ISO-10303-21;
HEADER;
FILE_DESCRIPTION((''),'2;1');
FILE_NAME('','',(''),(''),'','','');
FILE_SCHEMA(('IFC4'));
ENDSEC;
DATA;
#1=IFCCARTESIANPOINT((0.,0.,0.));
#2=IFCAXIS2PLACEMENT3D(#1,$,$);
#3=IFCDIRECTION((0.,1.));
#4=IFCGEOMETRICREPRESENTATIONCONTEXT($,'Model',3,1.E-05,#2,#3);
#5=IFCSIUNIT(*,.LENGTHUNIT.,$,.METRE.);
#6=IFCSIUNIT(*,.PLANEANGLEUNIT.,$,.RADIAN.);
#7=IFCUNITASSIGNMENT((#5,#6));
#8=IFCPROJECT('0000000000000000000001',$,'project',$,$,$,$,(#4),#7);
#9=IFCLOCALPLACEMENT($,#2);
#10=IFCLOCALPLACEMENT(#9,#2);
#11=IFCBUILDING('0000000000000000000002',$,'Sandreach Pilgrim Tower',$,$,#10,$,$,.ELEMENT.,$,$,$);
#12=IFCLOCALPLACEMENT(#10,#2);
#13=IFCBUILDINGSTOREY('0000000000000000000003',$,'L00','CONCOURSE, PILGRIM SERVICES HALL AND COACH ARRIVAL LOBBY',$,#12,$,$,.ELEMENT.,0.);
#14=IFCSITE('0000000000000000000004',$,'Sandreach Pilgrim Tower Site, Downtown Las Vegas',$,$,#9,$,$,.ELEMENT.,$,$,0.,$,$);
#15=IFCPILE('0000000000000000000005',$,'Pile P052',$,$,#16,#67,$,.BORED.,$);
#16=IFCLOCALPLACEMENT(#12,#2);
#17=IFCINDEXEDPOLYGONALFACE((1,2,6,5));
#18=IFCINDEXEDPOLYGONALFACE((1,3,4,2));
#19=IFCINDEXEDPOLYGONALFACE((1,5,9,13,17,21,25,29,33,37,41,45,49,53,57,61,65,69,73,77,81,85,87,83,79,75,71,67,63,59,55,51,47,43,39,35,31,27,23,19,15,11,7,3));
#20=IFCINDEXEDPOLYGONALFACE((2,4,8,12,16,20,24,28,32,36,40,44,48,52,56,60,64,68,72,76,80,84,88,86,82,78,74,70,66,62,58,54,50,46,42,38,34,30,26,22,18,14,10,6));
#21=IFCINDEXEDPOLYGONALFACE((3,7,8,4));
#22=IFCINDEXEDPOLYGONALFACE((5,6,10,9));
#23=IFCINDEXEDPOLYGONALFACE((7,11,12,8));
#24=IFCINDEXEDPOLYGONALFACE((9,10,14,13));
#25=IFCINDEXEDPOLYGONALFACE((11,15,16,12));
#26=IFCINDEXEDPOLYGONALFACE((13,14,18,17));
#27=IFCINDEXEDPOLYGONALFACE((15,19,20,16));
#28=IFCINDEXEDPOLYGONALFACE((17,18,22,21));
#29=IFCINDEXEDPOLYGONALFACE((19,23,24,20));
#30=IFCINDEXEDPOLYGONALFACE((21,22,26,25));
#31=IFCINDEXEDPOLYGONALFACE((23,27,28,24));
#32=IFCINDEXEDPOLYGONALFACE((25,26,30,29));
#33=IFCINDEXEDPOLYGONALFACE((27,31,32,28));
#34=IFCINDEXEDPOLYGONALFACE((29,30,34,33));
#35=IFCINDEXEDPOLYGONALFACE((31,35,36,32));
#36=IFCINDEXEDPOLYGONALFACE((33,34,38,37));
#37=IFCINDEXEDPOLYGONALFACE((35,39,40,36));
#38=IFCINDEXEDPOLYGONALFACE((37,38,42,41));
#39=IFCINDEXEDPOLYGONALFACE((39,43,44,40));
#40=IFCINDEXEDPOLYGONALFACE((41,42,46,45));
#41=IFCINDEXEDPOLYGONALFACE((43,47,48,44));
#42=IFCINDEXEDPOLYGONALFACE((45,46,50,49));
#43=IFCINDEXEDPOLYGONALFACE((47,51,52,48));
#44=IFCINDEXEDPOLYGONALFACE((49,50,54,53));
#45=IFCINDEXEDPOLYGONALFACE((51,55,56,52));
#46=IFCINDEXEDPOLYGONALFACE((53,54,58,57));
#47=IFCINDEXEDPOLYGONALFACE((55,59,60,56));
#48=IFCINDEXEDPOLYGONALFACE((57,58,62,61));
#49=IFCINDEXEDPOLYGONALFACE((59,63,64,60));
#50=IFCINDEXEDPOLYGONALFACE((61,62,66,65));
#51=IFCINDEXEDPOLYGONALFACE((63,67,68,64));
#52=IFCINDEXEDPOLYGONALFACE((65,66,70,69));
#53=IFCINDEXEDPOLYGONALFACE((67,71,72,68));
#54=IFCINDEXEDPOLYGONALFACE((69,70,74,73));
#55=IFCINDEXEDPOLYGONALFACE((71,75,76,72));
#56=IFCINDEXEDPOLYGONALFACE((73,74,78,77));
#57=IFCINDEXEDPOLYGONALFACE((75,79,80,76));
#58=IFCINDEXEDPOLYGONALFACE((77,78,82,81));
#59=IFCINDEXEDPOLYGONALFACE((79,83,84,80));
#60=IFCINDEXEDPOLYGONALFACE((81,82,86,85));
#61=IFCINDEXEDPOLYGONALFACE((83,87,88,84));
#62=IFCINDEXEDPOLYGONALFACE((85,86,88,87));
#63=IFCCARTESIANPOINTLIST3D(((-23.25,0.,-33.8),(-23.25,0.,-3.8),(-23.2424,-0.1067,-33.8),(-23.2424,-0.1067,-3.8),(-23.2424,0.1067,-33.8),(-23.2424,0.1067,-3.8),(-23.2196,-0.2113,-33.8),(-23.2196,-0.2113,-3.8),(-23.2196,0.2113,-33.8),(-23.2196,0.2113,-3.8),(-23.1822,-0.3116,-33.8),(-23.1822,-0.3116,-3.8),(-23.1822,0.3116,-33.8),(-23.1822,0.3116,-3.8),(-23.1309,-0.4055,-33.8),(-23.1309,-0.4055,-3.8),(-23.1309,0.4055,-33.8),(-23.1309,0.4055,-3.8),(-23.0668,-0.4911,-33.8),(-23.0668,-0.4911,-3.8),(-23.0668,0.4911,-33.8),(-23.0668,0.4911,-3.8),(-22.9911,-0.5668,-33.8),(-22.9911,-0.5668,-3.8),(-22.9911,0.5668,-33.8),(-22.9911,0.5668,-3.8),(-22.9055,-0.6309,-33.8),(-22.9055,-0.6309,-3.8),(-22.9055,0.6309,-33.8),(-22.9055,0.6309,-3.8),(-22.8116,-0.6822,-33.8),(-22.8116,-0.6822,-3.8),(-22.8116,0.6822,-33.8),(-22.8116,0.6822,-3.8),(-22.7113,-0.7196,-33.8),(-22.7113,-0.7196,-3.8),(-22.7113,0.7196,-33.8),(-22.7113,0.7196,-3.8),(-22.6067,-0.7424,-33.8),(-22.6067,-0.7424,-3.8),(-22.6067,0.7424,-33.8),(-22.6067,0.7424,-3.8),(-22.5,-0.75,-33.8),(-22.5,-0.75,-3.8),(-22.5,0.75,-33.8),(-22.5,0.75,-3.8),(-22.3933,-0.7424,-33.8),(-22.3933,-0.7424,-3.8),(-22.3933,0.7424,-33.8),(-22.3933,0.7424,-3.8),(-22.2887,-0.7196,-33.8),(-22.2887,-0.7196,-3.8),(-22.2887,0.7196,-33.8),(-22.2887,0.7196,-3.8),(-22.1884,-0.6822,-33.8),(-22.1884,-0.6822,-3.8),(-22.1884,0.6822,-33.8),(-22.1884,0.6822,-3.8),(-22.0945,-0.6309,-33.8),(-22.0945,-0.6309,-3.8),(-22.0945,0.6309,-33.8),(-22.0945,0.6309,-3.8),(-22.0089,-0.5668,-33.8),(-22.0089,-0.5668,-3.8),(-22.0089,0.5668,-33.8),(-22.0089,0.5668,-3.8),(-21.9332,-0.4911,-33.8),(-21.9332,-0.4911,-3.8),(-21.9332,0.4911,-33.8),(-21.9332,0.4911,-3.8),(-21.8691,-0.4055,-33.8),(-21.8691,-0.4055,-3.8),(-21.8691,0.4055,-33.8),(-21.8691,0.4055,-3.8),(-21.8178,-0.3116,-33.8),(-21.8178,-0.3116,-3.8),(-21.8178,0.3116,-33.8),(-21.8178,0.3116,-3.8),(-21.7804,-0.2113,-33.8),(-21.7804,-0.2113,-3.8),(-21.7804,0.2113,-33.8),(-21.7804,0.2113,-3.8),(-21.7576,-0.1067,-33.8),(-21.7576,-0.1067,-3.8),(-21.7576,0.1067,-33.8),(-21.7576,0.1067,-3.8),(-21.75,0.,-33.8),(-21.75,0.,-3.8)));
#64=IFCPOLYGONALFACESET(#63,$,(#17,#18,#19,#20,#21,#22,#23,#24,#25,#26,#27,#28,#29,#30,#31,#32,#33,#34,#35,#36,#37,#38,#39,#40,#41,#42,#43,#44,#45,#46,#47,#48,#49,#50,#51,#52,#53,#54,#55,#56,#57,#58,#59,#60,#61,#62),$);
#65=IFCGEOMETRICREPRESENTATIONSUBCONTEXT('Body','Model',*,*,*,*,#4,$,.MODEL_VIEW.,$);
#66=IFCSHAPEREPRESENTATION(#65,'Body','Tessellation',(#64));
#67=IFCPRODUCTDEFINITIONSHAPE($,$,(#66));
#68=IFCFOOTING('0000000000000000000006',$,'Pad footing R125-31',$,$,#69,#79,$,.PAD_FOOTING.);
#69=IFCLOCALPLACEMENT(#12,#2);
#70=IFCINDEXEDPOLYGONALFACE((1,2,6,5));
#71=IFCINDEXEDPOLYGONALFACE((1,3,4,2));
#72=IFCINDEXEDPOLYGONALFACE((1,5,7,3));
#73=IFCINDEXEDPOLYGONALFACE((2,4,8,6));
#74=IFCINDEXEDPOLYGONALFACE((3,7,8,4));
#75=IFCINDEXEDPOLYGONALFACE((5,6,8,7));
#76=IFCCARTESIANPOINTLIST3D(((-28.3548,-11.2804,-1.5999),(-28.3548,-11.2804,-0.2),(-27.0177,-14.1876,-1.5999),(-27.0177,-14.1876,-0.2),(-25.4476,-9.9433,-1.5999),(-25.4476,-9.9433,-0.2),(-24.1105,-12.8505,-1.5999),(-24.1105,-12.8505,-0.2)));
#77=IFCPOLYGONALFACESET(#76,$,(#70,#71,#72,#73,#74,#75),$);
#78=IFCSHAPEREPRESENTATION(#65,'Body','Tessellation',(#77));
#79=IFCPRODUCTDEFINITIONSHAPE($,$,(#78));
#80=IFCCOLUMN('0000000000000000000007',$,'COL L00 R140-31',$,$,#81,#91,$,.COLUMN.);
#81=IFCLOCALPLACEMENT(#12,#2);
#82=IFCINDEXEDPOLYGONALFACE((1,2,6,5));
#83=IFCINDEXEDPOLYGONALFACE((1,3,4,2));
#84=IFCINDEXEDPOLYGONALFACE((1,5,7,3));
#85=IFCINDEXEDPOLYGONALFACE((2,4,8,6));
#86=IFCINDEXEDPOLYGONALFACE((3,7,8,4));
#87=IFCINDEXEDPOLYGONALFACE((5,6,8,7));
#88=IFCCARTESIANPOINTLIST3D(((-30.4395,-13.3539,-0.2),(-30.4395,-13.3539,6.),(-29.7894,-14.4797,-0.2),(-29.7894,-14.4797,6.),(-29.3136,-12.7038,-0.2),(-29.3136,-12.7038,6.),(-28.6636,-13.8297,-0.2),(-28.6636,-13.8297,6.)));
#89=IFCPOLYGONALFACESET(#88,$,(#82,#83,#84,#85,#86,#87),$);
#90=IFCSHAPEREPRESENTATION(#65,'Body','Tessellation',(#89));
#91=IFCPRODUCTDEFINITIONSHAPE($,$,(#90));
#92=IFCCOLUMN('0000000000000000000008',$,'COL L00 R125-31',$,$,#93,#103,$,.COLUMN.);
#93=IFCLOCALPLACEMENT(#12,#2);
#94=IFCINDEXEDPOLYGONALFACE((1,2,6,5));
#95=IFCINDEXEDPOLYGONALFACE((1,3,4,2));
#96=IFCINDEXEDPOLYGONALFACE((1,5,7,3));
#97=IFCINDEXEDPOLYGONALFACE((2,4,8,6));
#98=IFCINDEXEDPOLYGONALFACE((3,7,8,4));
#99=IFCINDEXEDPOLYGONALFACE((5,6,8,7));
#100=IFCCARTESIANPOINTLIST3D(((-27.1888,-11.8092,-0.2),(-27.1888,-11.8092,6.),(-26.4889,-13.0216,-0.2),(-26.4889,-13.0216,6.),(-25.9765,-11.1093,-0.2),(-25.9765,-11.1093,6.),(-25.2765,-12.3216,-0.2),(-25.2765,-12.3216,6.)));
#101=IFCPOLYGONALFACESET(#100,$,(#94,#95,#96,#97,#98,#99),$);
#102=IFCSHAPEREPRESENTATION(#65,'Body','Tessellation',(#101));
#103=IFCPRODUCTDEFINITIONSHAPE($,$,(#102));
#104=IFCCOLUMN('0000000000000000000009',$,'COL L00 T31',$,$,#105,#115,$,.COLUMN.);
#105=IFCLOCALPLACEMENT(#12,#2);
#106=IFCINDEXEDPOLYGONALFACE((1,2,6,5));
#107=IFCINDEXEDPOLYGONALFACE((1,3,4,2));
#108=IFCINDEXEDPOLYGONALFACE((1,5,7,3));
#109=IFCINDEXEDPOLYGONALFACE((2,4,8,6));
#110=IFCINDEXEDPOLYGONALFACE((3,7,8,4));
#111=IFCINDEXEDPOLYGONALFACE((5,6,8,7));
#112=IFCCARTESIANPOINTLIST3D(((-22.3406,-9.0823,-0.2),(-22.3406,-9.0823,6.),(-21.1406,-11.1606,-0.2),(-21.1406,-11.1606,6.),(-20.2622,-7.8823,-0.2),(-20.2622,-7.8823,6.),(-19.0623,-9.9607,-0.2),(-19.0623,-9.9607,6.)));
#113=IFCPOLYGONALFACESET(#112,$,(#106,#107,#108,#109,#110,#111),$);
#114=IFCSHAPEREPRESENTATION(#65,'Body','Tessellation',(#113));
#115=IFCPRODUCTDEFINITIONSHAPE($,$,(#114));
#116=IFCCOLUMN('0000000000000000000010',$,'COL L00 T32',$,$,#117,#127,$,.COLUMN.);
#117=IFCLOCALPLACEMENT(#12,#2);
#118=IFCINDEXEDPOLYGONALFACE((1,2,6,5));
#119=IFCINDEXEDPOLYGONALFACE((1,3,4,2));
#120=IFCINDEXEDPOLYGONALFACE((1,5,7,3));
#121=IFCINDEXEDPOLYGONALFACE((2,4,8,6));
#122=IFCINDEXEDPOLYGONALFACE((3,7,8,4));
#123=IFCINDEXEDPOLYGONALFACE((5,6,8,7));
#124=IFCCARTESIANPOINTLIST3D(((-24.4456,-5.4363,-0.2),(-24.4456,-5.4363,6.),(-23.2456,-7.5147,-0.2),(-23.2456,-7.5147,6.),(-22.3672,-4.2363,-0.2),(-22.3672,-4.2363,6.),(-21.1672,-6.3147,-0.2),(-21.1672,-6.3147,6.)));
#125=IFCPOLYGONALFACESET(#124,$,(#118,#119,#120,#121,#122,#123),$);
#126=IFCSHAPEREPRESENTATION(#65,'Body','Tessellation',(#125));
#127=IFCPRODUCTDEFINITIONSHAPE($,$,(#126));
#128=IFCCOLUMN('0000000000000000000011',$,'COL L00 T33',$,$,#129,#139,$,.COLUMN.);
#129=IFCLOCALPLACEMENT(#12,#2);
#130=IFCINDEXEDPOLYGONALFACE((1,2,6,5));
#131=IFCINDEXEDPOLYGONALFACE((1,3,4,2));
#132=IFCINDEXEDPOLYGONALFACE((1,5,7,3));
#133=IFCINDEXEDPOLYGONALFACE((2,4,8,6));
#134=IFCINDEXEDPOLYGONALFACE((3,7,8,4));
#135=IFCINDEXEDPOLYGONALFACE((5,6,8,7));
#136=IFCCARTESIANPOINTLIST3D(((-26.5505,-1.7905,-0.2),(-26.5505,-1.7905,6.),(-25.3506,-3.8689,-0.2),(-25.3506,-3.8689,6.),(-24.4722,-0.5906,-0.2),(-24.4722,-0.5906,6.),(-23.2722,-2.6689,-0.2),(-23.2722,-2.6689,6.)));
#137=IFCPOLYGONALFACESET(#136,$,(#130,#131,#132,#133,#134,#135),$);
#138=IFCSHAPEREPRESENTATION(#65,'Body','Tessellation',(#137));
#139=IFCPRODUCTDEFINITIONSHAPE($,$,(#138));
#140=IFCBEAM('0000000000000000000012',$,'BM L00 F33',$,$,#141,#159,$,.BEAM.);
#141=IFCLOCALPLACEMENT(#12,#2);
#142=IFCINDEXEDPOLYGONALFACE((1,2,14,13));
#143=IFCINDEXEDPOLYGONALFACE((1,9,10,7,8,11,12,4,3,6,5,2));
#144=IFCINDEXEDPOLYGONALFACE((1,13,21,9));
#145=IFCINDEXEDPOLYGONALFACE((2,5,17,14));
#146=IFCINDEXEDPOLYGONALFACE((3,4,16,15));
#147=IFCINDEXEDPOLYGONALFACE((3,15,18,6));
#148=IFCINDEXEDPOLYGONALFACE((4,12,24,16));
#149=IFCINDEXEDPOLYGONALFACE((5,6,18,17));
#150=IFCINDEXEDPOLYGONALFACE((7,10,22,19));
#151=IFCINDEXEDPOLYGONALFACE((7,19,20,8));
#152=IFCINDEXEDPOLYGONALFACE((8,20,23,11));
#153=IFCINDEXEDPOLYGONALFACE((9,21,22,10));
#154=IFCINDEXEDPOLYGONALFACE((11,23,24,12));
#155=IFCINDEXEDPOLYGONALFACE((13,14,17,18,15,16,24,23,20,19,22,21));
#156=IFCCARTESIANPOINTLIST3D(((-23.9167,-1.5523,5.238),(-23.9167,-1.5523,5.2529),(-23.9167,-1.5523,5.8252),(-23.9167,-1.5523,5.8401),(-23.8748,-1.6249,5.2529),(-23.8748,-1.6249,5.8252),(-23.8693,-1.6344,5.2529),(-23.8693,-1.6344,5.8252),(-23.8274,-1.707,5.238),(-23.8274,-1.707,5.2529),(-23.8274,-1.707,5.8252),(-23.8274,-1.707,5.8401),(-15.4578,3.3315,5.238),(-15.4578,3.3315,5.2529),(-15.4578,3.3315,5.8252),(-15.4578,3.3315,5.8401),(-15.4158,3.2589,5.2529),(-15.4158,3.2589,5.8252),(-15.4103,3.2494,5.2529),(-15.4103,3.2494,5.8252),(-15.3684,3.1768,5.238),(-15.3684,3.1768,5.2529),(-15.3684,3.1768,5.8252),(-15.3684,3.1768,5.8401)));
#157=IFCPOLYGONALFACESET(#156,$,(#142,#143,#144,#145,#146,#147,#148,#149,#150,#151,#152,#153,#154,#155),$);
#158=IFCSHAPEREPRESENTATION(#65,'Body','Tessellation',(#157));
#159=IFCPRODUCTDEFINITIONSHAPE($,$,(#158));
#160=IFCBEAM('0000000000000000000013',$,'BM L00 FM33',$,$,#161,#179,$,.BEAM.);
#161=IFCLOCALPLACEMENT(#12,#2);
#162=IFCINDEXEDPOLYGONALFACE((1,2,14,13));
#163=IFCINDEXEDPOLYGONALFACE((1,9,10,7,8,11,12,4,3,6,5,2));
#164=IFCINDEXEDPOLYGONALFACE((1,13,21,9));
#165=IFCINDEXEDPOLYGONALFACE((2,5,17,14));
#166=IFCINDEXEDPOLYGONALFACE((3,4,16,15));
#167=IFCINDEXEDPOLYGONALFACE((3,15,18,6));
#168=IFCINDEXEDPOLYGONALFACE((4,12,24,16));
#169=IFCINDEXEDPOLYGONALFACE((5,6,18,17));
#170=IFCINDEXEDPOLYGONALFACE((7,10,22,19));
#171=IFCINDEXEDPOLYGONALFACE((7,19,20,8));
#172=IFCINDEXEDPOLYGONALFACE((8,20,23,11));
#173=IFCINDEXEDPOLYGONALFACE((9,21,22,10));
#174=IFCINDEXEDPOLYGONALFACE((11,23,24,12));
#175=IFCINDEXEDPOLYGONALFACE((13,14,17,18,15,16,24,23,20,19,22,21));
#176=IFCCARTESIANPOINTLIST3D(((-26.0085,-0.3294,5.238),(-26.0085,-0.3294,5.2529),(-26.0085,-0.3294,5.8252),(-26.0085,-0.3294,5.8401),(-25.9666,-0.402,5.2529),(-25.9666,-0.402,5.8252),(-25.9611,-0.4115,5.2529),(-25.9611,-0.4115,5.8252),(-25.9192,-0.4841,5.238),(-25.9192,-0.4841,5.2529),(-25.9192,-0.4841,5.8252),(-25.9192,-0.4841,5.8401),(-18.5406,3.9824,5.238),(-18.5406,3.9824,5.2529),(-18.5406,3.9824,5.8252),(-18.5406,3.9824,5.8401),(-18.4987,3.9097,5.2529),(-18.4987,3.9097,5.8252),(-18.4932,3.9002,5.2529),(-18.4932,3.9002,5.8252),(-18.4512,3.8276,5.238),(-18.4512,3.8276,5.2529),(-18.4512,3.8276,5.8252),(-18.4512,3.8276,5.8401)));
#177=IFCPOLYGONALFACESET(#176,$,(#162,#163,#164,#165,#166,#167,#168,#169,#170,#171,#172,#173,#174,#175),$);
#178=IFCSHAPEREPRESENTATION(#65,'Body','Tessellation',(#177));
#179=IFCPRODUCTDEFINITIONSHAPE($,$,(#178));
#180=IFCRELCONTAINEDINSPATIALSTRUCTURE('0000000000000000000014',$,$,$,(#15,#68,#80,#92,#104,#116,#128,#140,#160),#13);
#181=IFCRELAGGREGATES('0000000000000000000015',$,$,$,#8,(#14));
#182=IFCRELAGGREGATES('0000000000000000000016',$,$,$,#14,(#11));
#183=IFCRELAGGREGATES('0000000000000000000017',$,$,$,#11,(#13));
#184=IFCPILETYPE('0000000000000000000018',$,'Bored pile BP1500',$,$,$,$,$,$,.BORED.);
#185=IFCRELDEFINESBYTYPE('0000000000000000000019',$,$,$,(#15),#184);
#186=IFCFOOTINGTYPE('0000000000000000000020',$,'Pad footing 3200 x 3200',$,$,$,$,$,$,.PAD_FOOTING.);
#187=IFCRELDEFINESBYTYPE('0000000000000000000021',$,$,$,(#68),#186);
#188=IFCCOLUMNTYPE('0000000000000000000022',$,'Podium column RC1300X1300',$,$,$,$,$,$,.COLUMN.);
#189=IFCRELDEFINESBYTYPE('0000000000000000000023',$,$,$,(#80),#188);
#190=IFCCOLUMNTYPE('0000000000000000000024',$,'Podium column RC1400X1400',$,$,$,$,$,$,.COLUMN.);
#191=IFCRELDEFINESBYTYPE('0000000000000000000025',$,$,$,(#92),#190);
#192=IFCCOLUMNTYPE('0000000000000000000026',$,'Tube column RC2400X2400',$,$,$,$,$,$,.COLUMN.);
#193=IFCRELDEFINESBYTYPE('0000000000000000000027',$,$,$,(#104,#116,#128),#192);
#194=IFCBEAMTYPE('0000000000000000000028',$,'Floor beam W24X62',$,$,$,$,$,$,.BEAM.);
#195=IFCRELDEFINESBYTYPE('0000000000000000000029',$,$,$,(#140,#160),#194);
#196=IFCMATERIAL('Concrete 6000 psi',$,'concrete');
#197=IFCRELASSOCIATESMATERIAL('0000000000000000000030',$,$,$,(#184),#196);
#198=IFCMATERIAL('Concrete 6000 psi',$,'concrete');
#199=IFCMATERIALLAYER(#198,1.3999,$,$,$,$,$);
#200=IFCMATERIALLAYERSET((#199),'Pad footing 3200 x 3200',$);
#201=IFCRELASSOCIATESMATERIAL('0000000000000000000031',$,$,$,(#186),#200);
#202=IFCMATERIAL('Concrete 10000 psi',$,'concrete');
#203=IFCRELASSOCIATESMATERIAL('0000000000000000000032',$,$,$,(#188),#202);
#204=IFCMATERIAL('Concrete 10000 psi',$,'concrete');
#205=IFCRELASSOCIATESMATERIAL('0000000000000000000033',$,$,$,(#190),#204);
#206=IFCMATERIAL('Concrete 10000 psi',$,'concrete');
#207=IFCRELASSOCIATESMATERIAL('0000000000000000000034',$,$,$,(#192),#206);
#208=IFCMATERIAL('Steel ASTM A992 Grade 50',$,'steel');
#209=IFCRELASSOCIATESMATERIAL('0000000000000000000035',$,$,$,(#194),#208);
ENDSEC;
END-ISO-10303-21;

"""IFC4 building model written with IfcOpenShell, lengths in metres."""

from ifc_helpers import new_model, si_unit, direction, frame, origin, origin_2d, place, context, subcontext, project, spatial, rectangle, circle, i_section, extrude, material, layer, layer_set, material_profile, profile_set, type_object, element, save


model = new_model("IFC4")

# Units and contexts
model_context = context("Model", 3, precision=1e-05, world=origin(), true_north=direction((0.0, 1.0)))
body_context = subcontext(model_context, "Body", "Model", "MODEL_VIEW")
ifc_project = project(units=[si_unit("LENGTHUNIT", "METRE"), si_unit("PLANEANGLEUNIT", "RADIAN")], contexts=[model_context])

# Site, building, storey
site_placement = place(None, origin())
site = spatial("IfcSite", under=ifc_project, at=site_placement, Name="Sandreach Pilgrim Tower Site, Downtown Las Vegas", CompositionType="ELEMENT", RefElevation=0.0)
building_placement = place(site_placement, origin())
building = spatial("IfcBuilding", under=site, at=building_placement, Name="Sandreach Pilgrim Tower", CompositionType="ELEMENT")
storey_placement = place(building_placement, origin())
storey = spatial("IfcBuildingStorey", under=building, at=storey_placement, Name="L00", Description="CONCOURSE, PILGRIM SERVICES HALL AND COACH ARRIVAL LOBBY", CompositionType="ELEMENT", Elevation=0.0)

# Pile
ifc_material_1 = material(Name="Concrete 6000 psi", Category="concrete")
ifc_material_profile_1 = material_profile(ifc_material_1, circle(Radius=0.75, at=origin_2d()), Name="BP1500")
ifc_profile_set_1 = profile_set([ifc_material_profile_1], Name="Concrete 6000 psi")
pile_type = type_object("IfcPileType", Name="Bored pile BP1500", PredefinedType="BORED", material=ifc_profile_set_1)
for number, where, z_axis, x_axis, name in (
    (1, (-22.5, 0.0, -3.8), (0.0, 0.0, -1.0), (1.0, 0.0, 0.0), "Pile P052"),
):
    element("IfcPile", number, at=place(storey_placement, frame(where, z_axis=z_axis, x_axis=x_axis)), inside=storey, type_object=pile_type, Name=name, PredefinedType="BORED", context=body_context, shape_type="SweptSolid", body=[
        extrude(circle(Radius=0.75, at=origin_2d()), origin(), (0.0, 0.0, 1.0), 30.0),
    ])

# Footing
ifc_material_2 = material(Name="Concrete 6000 psi", Category="concrete")
ifc_layer_1 = layer(ifc_material_2, 1.3999)
ifc_layer_set_1 = layer_set([ifc_layer_1], Name="Pad footing 3200 x 3200")
footing_type = type_object("IfcFootingType", Name="Pad footing 3200 x 3200", PredefinedType="PAD_FOOTING", material=ifc_layer_set_1)
footing_placement = place(storey_placement, frame((-26.2327, -12.0654, -1.5999), z_axis=(0.0, 0.0, 1.0), x_axis=(-0.908512, -0.417859, 0.0)))
element("IfcFooting", 2, at=footing_placement, inside=storey, type_object=footing_type, Name="Pad footing R125-31", PredefinedType="PAD_FOOTING", context=body_context, shape_type="SweptSolid", body=[
    extrude(rectangle(XDim=3.2, YDim=3.2, at=origin_2d()), origin(), (0.0, 0.0, 1.0), 1.3999),
])

# Columns
ifc_material_3 = material(Name="Concrete 10000 psi", Category="concrete")
ifc_material_profile_2 = material_profile(ifc_material_3, rectangle(XDim=1.3, YDim=1.3, at=origin_2d()), Name="RC1300X1300")
ifc_profile_set_2 = profile_set([ifc_material_profile_2], Name="Concrete 10000 psi")
column_type_1 = type_object("IfcColumnType", Name="Podium column RC1300X1300", PredefinedType="COLUMN", material=ifc_profile_set_2)
column_1_placement = place(storey_placement, frame((-29.5515, -13.5918, -0.2), z_axis=(0.0, 0.0, 1.0), x_axis=(-0.866025, -0.5, 0.0)))
element("IfcColumn", 3, at=column_1_placement, inside=storey, type_object=column_type_1, Name="COL L00 R140-31", PredefinedType="COLUMN", context=body_context, shape_type="SweptSolid", body=[
    extrude(rectangle(XDim=1.3, YDim=1.3, at=origin_2d()), origin(), (0.0, 0.0, 1.0), 6.2),
])
ifc_material_4 = material(Name="Concrete 10000 psi", Category="concrete")
ifc_material_profile_3 = material_profile(ifc_material_4, rectangle(XDim=1.3999, YDim=1.3999, at=origin_2d()), Name="RC1400X1400")
ifc_profile_set_3 = profile_set([ifc_material_profile_3], Name="Concrete 10000 psi")
column_type_2 = type_object("IfcColumnType", Name="Podium column RC1400X1400", PredefinedType="COLUMN", material=ifc_profile_set_3)
column_2_placement = place(storey_placement, frame((-26.2327, -12.0654, -0.2), z_axis=(0.0, 0.0, 1.0), x_axis=(-0.866025, -0.5, 0.0)))
element("IfcColumn", 4, at=column_2_placement, inside=storey, type_object=column_type_2, Name="COL L00 R125-31", PredefinedType="COLUMN", context=body_context, shape_type="SweptSolid", body=[
    extrude(rectangle(XDim=1.3999, YDim=1.3999, at=origin_2d()), origin(), (0.0, 0.0, 1.0), 6.2),
])
ifc_material_5 = material(Name="Concrete 10000 psi", Category="concrete")
ifc_material_profile_4 = material_profile(ifc_material_5, rectangle(XDim=2.3999, YDim=2.3999, at=origin_2d()), Name="RC2400X2400")
ifc_profile_set_4 = profile_set([ifc_material_profile_4], Name="Concrete 10000 psi")
column_type_3 = type_object("IfcColumnType", Name="Tube column RC2400X2400", PredefinedType="COLUMN", material=ifc_profile_set_4)
for number, where, z_axis, x_axis, name in (
    (5, (-20.7014, -9.5215, -0.2), (0.0, 0.0, 1.0), (-0.866025, -0.5, 0.0), "COL L00 T31"),
    (6, (-22.8064, -5.8755, -0.2), (0.0, 0.0, 1.0), (-0.866025, -0.5, 0.0), "COL L00 T32"),
    (7, (-24.9114, -2.2297, -0.2), (0.0, 0.0, 1.0), (-0.866025, -0.5, 0.0), "COL L00 T33"),
):
    element("IfcColumn", number, at=place(storey_placement, frame(where, z_axis=z_axis, x_axis=x_axis)), inside=storey, type_object=column_type_3, Name=name, PredefinedType="COLUMN", context=body_context, shape_type="SweptSolid", body=[
        extrude(rectangle(XDim=2.3999, YDim=2.3999, at=origin_2d()), origin(), (0.0, 0.0, 1.0), 6.2),
    ])

# Beams
ifc_material_6 = material(Name="Steel ASTM A992 Grade 50", Category="steel")
ifc_material_profile_5 = material_profile(ifc_material_6, i_section(OverallWidth=0.1787, OverallDepth=0.6021, WebThickness=0.011, FlangeThickness=0.0149, at=origin_2d()), Name="W24X62")
ifc_profile_set_5 = profile_set([ifc_material_profile_5], Name="Steel ASTM A992 Grade 50")
beam_type_1 = type_object("IfcBeamType", Name="Floor beam W24X62", PredefinedType="BEAM", material=ifc_profile_set_5)
beam_1_placement = place(storey_placement, frame((-23.8721, -1.6296, 5.5391), z_axis=(0.866026, 0.499999, 0.0), x_axis=(-0.499999, 0.866026, 0.0)))
element("IfcBeam", 8, at=beam_1_placement, inside=storey, type_object=beam_type_1, Name="BM L00 F33", PredefinedType="BEAM", context=body_context, shape_type="SweptSolid", body=[
    extrude(i_section(OverallWidth=0.1787, OverallDepth=0.6021, WebThickness=0.011, FlangeThickness=0.0149, at=origin_2d()), origin(), (0.0, 0.0, 1.0), 9.7676),
])
beam_2_placement = place(storey_placement, frame((-25.9639, -0.4067, 5.5391), z_axis=(0.86602, 0.500009, 0.0), x_axis=(-0.500009, 0.86602, 0.0)))
element("IfcBeam", 9, at=beam_2_placement, inside=storey, type_object=beam_type_1, Name="BM L00 FM33", PredefinedType="BEAM", context=body_context, shape_type="SweptSolid", body=[
    extrude(i_section(OverallWidth=0.1787, OverallDepth=0.6021, WebThickness=0.011, FlangeThickness=0.0149, at=origin_2d()), origin(), (0.0, 0.0, 1.0), 8.6233),
])

save(model, "model.ifc")
